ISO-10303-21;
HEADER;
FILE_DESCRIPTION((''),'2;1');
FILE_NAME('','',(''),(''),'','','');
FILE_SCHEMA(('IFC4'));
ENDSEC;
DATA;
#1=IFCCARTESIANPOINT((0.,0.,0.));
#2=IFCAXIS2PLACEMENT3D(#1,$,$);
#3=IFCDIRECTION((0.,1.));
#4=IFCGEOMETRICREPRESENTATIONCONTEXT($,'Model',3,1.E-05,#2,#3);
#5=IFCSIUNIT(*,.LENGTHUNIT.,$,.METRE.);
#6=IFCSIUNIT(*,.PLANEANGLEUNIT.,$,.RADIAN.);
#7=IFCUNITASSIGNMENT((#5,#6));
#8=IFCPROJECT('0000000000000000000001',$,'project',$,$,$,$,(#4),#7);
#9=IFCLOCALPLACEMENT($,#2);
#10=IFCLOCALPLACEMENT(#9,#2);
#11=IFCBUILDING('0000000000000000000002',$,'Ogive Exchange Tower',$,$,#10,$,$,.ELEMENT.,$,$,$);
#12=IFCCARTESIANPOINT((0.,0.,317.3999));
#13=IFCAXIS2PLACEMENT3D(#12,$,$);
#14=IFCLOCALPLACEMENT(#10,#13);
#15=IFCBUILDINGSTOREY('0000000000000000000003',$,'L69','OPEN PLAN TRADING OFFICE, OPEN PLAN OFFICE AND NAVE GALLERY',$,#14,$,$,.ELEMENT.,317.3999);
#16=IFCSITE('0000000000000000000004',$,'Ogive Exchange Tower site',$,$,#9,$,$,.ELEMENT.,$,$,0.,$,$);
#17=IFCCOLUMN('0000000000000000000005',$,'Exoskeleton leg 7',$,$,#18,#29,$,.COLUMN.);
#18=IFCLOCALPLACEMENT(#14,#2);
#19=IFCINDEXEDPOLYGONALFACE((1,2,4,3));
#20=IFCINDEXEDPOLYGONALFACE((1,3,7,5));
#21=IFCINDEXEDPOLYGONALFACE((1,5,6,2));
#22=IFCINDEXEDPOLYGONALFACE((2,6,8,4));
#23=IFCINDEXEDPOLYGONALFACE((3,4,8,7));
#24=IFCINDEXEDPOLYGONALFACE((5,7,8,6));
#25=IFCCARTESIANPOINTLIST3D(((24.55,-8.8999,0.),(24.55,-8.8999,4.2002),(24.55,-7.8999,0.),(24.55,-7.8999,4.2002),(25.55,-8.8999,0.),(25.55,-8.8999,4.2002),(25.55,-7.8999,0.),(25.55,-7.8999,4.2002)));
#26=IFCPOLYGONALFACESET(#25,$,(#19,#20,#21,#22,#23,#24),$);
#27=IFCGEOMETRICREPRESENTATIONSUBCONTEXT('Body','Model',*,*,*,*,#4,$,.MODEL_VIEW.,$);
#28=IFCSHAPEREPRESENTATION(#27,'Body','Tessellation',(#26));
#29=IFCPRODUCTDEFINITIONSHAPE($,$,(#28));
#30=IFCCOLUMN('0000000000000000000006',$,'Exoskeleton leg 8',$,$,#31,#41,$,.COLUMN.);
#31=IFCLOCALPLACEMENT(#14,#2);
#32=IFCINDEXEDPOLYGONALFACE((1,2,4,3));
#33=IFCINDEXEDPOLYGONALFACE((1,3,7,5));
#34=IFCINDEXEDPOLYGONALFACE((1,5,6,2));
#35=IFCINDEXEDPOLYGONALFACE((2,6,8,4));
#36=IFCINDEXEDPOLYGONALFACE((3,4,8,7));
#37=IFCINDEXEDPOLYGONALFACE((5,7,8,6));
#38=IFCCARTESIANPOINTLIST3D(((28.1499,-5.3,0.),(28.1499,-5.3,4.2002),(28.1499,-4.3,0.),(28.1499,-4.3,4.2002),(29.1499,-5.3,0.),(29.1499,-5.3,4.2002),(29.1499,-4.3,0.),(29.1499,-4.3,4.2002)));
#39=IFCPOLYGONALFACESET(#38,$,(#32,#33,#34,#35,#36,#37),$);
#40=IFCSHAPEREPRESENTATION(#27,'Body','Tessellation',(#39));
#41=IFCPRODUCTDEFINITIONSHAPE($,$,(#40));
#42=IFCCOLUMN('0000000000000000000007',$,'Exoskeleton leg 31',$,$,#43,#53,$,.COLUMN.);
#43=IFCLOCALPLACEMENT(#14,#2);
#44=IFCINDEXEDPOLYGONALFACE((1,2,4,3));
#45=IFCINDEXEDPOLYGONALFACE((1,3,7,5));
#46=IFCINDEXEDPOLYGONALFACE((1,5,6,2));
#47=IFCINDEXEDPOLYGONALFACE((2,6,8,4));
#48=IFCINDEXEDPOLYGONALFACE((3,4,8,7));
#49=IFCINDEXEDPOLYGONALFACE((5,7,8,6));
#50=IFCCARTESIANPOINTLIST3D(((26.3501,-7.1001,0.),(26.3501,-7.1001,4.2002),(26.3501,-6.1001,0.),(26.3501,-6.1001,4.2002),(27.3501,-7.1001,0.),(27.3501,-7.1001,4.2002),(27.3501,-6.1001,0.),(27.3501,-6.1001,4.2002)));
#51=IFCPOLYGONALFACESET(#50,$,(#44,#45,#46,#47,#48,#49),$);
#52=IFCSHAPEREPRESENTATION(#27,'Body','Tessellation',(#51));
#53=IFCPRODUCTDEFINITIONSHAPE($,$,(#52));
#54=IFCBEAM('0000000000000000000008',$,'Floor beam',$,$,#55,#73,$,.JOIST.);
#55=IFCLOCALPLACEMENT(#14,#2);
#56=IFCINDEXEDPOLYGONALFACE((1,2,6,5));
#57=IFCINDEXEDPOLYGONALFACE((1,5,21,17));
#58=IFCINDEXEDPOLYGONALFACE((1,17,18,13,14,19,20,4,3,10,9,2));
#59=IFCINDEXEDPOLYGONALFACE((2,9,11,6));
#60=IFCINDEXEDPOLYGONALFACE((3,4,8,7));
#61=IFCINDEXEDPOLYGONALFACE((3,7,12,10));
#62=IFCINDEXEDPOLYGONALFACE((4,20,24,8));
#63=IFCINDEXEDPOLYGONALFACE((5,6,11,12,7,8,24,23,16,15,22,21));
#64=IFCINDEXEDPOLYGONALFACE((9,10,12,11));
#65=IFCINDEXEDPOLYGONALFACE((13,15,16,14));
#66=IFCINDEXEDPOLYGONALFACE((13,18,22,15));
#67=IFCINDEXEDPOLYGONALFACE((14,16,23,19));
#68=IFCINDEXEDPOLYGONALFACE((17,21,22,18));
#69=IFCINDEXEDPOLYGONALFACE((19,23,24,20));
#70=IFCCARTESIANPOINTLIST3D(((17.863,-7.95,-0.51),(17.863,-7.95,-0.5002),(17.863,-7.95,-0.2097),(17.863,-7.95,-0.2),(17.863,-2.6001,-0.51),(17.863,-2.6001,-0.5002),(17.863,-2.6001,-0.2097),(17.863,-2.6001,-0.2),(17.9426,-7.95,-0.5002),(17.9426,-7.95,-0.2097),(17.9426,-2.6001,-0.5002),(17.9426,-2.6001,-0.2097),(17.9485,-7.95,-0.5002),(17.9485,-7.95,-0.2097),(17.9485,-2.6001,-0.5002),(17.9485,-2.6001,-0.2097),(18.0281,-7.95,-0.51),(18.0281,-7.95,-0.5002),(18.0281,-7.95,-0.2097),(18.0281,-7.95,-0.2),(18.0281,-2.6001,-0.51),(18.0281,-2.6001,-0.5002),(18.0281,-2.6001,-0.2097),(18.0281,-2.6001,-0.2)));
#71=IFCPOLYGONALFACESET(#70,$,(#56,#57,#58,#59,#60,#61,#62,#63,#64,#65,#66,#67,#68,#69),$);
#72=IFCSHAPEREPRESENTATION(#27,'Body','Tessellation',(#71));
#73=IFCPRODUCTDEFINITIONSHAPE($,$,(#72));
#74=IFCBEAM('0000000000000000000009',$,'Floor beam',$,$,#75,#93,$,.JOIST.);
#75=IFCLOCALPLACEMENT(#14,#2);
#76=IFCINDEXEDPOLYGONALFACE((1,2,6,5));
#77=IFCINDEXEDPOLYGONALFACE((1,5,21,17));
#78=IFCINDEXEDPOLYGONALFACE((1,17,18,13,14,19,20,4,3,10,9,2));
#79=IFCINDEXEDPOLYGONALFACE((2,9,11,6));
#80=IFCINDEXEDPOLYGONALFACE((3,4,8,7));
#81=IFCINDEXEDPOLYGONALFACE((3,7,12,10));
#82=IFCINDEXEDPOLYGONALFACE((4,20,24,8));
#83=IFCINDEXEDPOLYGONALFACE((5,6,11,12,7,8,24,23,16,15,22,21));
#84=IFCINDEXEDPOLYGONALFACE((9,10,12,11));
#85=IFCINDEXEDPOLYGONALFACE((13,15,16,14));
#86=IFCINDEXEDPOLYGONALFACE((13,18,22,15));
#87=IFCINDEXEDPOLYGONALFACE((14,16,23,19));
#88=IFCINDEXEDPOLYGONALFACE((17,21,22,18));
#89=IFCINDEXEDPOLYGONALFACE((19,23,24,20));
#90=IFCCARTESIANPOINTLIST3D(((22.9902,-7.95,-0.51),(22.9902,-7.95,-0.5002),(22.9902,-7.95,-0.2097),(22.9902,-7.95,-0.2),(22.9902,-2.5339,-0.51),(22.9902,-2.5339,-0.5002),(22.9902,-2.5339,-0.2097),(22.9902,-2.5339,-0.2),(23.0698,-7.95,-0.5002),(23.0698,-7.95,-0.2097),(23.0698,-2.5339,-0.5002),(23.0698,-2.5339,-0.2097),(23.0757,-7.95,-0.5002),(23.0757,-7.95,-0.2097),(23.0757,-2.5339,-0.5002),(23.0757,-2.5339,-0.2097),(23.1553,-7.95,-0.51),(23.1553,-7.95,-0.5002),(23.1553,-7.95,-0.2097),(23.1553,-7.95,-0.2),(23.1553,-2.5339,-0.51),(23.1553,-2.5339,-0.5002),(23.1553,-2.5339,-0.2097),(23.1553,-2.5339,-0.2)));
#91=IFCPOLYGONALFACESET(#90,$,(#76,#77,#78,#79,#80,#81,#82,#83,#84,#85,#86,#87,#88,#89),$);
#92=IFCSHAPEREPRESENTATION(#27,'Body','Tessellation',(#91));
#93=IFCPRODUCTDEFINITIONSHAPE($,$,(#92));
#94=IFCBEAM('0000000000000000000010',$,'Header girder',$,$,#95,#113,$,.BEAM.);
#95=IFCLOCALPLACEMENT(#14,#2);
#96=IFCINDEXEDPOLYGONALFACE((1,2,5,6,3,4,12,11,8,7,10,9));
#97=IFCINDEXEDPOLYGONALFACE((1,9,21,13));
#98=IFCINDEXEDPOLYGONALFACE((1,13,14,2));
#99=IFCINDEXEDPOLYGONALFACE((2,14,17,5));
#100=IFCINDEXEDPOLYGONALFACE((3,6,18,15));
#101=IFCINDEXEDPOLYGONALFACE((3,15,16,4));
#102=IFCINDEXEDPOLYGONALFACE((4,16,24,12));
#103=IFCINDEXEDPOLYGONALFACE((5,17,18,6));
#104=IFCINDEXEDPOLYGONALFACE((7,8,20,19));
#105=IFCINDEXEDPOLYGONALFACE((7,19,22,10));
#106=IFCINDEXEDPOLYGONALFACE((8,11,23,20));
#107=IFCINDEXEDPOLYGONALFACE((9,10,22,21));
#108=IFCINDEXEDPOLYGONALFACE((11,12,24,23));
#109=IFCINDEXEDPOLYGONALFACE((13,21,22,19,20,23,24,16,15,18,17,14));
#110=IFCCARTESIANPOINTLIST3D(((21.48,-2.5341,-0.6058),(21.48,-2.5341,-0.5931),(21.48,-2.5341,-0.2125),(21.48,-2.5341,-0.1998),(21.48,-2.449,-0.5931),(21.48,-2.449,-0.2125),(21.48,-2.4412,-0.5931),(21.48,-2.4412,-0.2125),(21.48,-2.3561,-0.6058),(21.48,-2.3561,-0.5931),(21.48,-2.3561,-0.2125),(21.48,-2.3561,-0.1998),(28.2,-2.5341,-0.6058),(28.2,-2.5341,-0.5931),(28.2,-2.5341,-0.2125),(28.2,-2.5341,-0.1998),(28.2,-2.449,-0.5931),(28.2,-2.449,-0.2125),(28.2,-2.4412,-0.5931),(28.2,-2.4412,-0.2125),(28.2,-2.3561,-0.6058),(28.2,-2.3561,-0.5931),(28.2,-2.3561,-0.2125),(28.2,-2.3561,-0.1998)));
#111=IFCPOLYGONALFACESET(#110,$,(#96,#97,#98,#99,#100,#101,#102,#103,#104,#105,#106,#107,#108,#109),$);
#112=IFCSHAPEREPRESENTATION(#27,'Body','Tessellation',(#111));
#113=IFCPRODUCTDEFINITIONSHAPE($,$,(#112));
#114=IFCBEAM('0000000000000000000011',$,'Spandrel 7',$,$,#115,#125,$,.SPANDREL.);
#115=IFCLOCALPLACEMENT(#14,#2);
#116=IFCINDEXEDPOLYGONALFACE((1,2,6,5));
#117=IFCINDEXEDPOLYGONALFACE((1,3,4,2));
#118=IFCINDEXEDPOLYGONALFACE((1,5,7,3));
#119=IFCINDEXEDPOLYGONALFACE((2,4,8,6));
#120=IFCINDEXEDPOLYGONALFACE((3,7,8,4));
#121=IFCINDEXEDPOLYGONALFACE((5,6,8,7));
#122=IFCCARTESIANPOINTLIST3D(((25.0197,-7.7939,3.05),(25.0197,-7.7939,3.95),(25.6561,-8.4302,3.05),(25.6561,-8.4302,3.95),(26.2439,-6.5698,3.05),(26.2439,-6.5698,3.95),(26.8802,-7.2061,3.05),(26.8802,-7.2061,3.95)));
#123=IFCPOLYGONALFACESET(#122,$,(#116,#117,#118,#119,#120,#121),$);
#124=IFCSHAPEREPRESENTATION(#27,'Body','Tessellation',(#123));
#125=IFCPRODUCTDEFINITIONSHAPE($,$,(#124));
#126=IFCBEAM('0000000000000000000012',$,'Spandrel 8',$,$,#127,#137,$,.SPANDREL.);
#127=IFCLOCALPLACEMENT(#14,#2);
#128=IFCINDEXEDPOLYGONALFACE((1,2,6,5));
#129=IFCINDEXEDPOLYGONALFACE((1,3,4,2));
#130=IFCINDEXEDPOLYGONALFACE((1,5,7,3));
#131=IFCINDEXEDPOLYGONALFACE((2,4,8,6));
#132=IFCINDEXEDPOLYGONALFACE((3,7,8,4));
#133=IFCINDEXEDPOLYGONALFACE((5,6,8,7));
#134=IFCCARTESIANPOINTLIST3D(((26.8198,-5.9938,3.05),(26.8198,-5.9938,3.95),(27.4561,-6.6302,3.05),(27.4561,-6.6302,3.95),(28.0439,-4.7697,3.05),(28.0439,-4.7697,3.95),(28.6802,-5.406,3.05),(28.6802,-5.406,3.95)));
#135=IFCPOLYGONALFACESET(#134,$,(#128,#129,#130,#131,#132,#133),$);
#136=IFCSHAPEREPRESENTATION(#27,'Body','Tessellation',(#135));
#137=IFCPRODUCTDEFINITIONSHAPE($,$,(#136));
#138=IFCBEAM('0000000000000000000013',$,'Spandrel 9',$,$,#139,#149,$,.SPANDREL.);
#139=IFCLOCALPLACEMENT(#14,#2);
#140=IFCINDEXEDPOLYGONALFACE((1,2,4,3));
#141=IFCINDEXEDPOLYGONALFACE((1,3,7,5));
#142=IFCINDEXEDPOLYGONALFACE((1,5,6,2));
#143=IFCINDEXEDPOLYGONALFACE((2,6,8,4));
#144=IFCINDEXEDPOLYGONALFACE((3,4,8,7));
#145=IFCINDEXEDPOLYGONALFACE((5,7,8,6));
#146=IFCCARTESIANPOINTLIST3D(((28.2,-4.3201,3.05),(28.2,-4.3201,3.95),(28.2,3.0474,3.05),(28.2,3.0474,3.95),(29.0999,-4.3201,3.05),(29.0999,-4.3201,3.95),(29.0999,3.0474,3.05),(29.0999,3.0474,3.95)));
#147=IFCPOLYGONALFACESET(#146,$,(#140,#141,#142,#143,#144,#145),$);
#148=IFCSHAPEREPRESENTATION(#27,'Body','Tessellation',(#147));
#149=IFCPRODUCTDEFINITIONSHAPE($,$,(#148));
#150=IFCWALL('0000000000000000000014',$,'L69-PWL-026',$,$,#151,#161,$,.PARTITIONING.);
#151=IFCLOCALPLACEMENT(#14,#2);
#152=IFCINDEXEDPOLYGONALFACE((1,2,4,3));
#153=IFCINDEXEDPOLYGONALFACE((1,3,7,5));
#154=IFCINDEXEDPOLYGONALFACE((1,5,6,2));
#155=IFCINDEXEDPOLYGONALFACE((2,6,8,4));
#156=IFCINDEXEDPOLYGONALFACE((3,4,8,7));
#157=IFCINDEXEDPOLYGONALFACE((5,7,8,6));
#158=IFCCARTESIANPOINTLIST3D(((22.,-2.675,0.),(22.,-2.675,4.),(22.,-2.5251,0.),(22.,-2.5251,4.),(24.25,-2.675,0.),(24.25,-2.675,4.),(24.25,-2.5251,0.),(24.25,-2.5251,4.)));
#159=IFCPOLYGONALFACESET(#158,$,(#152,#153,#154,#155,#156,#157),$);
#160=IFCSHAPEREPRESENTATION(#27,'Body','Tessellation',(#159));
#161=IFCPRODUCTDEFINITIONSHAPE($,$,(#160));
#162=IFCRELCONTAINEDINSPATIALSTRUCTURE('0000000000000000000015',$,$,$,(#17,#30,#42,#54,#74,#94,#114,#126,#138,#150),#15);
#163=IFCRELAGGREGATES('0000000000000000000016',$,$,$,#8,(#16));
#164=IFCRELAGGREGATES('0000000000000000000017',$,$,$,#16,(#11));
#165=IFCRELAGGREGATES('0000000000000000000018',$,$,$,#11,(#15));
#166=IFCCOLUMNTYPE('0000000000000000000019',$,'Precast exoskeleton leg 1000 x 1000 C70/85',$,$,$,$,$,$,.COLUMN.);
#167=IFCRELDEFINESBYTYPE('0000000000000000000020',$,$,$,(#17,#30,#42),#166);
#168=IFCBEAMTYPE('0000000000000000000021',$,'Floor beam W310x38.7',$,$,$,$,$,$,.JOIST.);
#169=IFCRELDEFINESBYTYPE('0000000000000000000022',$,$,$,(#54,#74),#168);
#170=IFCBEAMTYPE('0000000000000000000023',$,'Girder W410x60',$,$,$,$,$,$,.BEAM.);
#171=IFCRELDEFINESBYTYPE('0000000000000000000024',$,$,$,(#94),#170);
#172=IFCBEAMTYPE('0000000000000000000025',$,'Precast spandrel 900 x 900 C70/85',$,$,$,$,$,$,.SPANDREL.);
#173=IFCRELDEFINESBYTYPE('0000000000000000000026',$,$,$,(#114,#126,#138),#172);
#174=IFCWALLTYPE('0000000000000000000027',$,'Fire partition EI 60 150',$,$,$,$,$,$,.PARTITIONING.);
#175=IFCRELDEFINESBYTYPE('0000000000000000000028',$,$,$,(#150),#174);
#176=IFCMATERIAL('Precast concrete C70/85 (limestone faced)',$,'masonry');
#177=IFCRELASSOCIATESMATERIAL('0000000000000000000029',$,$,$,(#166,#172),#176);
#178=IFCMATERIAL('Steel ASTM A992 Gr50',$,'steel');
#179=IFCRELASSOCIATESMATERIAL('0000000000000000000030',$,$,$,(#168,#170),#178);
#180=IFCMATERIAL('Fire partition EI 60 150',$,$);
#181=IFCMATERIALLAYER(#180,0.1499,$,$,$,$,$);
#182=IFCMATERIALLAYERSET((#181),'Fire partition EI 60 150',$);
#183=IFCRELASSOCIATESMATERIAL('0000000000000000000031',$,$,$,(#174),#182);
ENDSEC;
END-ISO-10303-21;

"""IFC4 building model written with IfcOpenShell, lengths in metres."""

from ifc_helpers import new_model, si_unit, direction, frame, frame_2d, origin, origin_2d, place, context, subcontext, project, spatial, rectangle, i_section, extrude, material, layer, layer_set, material_profile, profile_set, type_object, element, save


model = new_model("IFC4")

# Units and contexts
model_context = context("Model", 3, precision=1e-05, world=origin(), true_north=direction((0.0, 1.0)))
body_context = subcontext(model_context, "Body", "Model", "MODEL_VIEW")
ifc_project = project(units=[si_unit("LENGTHUNIT", "METRE"), si_unit("PLANEANGLEUNIT", "RADIAN")], contexts=[model_context])

# Site, building, storey
site_placement = place(None, origin())
site = spatial("IfcSite", under=ifc_project, at=site_placement, Name="Ogive Exchange Tower site", CompositionType="ELEMENT", RefElevation=0.0)
building_placement = place(site_placement, origin())
building = spatial("IfcBuilding", under=site, at=building_placement, Name="Ogive Exchange Tower", CompositionType="ELEMENT")
storey_placement = place(building_placement, frame((0.0, 0.0, 317.3999)))
storey = spatial("IfcBuildingStorey", under=building, at=storey_placement, Name="L69", Description="OPEN PLAN TRADING OFFICE, OPEN PLAN OFFICE AND NAVE GALLERY", CompositionType="ELEMENT", Elevation=317.3999)

# Columns
ifc_material_1 = material(Name="Precast concrete C70/85 (limestone faced)", Category="masonry")
ifc_material_profile_1 = material_profile(ifc_material_1, rectangle(XDim=1.0, YDim=1.0, at=origin_2d()), Name="1000 x 1000")
ifc_profile_set_1 = profile_set([ifc_material_profile_1], Name="Precast concrete C70/85 (limestone faced)")
column_type = type_object("IfcColumnType", Name="Precast exoskeleton leg 1000 x 1000 C70/85", PredefinedType="COLUMN", material=ifc_profile_set_1)
for number, where, z_axis, x_axis, name in (
    (1, (25.05, -8.3999, 0.0), (0.0, 0.0, 1.0), (1.0, 0.0, 0.0), "Exoskeleton leg 7"),
    (2, (28.6499, -4.8, 0.0), (0.0, 0.0, 1.0), (1.0, 0.0, 0.0), "Exoskeleton leg 8"),
    (3, (26.8501, -6.6001, 0.0), (0.0, 0.0, 1.0), (1.0, 0.0, 0.0), "Exoskeleton leg 31"),
):
    element("IfcColumn", number, at=place(storey_placement, frame(where, z_axis=z_axis, x_axis=x_axis)), inside=storey, type_object=column_type, Name=name, PredefinedType="COLUMN", context=body_context, shape_type="SweptSolid", body=[
        extrude(rectangle(XDim=1.0, YDim=1.0, at=origin_2d()), origin(), (0.0, 0.0, 1.0), 4.2002),
    ])

# Beams
ifc_material_2 = material(Name="Steel ASTM A992 Gr50", Category="steel")
ifc_material_profile_2 = material_profile(ifc_material_2, i_section(OverallWidth=0.165, OverallDepth=0.3101, WebThickness=0.0059, FlangeThickness=0.0098, at=origin_2d()), Name="W310x38.7")
ifc_profile_set_2 = profile_set([ifc_material_profile_2], Name="Steel ASTM A992 Gr50")
beam_type_1 = type_object("IfcBeamType", Name="Floor beam W310x38.7", PredefinedType="JOIST", material=ifc_profile_set_2)
beam_1_placement = place(storey_placement, frame((17.9456, -7.95, -0.355), z_axis=(0.0, 1.0, 0.0), x_axis=(-1.0, 0.0, 0.0)))
element("IfcBeam", 4, at=beam_1_placement, inside=storey, type_object=beam_type_1, Name="Floor beam", PredefinedType="JOIST", context=body_context, shape_type="SweptSolid", body=[
    extrude(i_section(OverallWidth=0.165, OverallDepth=0.3101, WebThickness=0.0059, FlangeThickness=0.0098, at=origin_2d()), origin(), (0.0, 0.0, 1.0), 5.3499),
])
beam_2_placement = place(storey_placement, frame((23.0728, -7.95, -0.355), z_axis=(0.0, 1.0, 0.0), x_axis=(-1.0, 0.0, 0.0)))
element("IfcBeam", 5, at=beam_2_placement, inside=storey, type_object=beam_type_1, Name="Floor beam", PredefinedType="JOIST", context=body_context, shape_type="SweptSolid", body=[
    extrude(i_section(OverallWidth=0.165, OverallDepth=0.3101, WebThickness=0.0059, FlangeThickness=0.0098, at=origin_2d()), origin(), (0.0, 0.0, 1.0), 5.416),
])
ifc_material_profile_3 = material_profile(ifc_material_2, i_section(OverallWidth=0.178, OverallDepth=0.406, WebThickness=0.0078, FlangeThickness=0.0127, at=origin_2d()), Name="W410x60")
ifc_profile_set_3 = profile_set([ifc_material_profile_3], Name="Steel ASTM A992 Gr50")
beam_type_2 = type_object("IfcBeamType", Name="Girder W410x60", PredefinedType="BEAM", material=ifc_profile_set_3)
beam_3_placement = place(storey_placement, frame((21.48, -2.4451, -0.4028), z_axis=(1.0, 0.0, 0.0), x_axis=(0.0, 1.0, 0.0)))
element("IfcBeam", 6, at=beam_3_placement, inside=storey, type_object=beam_type_2, Name="Header girder", PredefinedType="BEAM", context=body_context, shape_type="SweptSolid", body=[
    extrude(i_section(OverallWidth=0.178, OverallDepth=0.406, WebThickness=0.0078, FlangeThickness=0.0127, at=origin_2d()), origin(), (0.0, 0.0, 1.0), 6.72),
])
ifc_material_profile_4 = material_profile(ifc_material_1, rectangle(XDim=0.8999, YDim=0.8999, at=origin_2d()), Name="900 x 900")
ifc_profile_set_4 = profile_set([ifc_material_profile_4], Name="Precast concrete C70/85 (limestone faced)")
beam_type_3 = type_object("IfcBeamType", Name="Precast spandrel 900 x 900 C70/85", PredefinedType="SPANDREL", material=ifc_profile_set_4)
for number, where, z_axis, x_axis, name in (
    (7, (25.3379, -8.1121, 3.5), (0.707107, 0.707107, 0.0), (-0.707107, 0.707107, 0.0), "Spandrel 7"),
    (8, (27.1379, -6.312, 3.5), (0.707107, 0.707107, 0.0), (-0.707107, 0.707107, 0.0), "Spandrel 8"),
):
    element("IfcBeam", number, at=place(storey_placement, frame(where, z_axis=z_axis, x_axis=x_axis)), inside=storey, type_object=beam_type_3, Name=name, PredefinedType="SPANDREL", context=body_context, shape_type="SweptSolid", body=[
        extrude(rectangle(XDim=0.8999, YDim=0.8999, at=origin_2d()), origin(), (0.0, 0.0, 1.0), 1.7312),
    ])
beam_4_placement = place(storey_placement, frame((28.6499, -4.3201, 3.5), z_axis=(0.0, 1.0, 0.0), x_axis=(-1.0, 0.0, 0.0)))
element("IfcBeam", 9, at=beam_4_placement, inside=storey, type_object=beam_type_3, Name="Spandrel 9", PredefinedType="SPANDREL", context=body_context, shape_type="SweptSolid", body=[
    extrude(rectangle(XDim=0.8999, YDim=0.8999, at=origin_2d()), origin(), (0.0, 0.0, 1.0), 7.3674),
])

# Wall
ifc_material_3 = material(Name="Fire partition EI 60 150")
ifc_layer_1 = layer(ifc_material_3, 0.1499)
ifc_layer_set_1 = layer_set([ifc_layer_1], Name="Fire partition EI 60 150")
wall_type_1 = type_object("IfcWallType", Name="Fire partition EI 60 150", PredefinedType="PARTITIONING", material=ifc_layer_set_1)
wall_1_placement = place(storey_placement, frame((22.0, -2.6001, 0.0), z_axis=(0.0, 0.0, 1.0), x_axis=(1.0, 0.0, 0.0)))
element("IfcWall", 10, at=wall_1_placement, inside=storey, type_object=wall_type_1, Name="L69-PWL-026", PredefinedType="PARTITIONING", context=body_context, shape_type="SweptSolid", body=[
    extrude(rectangle(XDim=2.25, YDim=0.1499, at=frame_2d((1.125, 0.0))), origin(), (0.0, 0.0, 1.0), 4.0),
])

save(model, "model.ifc")
